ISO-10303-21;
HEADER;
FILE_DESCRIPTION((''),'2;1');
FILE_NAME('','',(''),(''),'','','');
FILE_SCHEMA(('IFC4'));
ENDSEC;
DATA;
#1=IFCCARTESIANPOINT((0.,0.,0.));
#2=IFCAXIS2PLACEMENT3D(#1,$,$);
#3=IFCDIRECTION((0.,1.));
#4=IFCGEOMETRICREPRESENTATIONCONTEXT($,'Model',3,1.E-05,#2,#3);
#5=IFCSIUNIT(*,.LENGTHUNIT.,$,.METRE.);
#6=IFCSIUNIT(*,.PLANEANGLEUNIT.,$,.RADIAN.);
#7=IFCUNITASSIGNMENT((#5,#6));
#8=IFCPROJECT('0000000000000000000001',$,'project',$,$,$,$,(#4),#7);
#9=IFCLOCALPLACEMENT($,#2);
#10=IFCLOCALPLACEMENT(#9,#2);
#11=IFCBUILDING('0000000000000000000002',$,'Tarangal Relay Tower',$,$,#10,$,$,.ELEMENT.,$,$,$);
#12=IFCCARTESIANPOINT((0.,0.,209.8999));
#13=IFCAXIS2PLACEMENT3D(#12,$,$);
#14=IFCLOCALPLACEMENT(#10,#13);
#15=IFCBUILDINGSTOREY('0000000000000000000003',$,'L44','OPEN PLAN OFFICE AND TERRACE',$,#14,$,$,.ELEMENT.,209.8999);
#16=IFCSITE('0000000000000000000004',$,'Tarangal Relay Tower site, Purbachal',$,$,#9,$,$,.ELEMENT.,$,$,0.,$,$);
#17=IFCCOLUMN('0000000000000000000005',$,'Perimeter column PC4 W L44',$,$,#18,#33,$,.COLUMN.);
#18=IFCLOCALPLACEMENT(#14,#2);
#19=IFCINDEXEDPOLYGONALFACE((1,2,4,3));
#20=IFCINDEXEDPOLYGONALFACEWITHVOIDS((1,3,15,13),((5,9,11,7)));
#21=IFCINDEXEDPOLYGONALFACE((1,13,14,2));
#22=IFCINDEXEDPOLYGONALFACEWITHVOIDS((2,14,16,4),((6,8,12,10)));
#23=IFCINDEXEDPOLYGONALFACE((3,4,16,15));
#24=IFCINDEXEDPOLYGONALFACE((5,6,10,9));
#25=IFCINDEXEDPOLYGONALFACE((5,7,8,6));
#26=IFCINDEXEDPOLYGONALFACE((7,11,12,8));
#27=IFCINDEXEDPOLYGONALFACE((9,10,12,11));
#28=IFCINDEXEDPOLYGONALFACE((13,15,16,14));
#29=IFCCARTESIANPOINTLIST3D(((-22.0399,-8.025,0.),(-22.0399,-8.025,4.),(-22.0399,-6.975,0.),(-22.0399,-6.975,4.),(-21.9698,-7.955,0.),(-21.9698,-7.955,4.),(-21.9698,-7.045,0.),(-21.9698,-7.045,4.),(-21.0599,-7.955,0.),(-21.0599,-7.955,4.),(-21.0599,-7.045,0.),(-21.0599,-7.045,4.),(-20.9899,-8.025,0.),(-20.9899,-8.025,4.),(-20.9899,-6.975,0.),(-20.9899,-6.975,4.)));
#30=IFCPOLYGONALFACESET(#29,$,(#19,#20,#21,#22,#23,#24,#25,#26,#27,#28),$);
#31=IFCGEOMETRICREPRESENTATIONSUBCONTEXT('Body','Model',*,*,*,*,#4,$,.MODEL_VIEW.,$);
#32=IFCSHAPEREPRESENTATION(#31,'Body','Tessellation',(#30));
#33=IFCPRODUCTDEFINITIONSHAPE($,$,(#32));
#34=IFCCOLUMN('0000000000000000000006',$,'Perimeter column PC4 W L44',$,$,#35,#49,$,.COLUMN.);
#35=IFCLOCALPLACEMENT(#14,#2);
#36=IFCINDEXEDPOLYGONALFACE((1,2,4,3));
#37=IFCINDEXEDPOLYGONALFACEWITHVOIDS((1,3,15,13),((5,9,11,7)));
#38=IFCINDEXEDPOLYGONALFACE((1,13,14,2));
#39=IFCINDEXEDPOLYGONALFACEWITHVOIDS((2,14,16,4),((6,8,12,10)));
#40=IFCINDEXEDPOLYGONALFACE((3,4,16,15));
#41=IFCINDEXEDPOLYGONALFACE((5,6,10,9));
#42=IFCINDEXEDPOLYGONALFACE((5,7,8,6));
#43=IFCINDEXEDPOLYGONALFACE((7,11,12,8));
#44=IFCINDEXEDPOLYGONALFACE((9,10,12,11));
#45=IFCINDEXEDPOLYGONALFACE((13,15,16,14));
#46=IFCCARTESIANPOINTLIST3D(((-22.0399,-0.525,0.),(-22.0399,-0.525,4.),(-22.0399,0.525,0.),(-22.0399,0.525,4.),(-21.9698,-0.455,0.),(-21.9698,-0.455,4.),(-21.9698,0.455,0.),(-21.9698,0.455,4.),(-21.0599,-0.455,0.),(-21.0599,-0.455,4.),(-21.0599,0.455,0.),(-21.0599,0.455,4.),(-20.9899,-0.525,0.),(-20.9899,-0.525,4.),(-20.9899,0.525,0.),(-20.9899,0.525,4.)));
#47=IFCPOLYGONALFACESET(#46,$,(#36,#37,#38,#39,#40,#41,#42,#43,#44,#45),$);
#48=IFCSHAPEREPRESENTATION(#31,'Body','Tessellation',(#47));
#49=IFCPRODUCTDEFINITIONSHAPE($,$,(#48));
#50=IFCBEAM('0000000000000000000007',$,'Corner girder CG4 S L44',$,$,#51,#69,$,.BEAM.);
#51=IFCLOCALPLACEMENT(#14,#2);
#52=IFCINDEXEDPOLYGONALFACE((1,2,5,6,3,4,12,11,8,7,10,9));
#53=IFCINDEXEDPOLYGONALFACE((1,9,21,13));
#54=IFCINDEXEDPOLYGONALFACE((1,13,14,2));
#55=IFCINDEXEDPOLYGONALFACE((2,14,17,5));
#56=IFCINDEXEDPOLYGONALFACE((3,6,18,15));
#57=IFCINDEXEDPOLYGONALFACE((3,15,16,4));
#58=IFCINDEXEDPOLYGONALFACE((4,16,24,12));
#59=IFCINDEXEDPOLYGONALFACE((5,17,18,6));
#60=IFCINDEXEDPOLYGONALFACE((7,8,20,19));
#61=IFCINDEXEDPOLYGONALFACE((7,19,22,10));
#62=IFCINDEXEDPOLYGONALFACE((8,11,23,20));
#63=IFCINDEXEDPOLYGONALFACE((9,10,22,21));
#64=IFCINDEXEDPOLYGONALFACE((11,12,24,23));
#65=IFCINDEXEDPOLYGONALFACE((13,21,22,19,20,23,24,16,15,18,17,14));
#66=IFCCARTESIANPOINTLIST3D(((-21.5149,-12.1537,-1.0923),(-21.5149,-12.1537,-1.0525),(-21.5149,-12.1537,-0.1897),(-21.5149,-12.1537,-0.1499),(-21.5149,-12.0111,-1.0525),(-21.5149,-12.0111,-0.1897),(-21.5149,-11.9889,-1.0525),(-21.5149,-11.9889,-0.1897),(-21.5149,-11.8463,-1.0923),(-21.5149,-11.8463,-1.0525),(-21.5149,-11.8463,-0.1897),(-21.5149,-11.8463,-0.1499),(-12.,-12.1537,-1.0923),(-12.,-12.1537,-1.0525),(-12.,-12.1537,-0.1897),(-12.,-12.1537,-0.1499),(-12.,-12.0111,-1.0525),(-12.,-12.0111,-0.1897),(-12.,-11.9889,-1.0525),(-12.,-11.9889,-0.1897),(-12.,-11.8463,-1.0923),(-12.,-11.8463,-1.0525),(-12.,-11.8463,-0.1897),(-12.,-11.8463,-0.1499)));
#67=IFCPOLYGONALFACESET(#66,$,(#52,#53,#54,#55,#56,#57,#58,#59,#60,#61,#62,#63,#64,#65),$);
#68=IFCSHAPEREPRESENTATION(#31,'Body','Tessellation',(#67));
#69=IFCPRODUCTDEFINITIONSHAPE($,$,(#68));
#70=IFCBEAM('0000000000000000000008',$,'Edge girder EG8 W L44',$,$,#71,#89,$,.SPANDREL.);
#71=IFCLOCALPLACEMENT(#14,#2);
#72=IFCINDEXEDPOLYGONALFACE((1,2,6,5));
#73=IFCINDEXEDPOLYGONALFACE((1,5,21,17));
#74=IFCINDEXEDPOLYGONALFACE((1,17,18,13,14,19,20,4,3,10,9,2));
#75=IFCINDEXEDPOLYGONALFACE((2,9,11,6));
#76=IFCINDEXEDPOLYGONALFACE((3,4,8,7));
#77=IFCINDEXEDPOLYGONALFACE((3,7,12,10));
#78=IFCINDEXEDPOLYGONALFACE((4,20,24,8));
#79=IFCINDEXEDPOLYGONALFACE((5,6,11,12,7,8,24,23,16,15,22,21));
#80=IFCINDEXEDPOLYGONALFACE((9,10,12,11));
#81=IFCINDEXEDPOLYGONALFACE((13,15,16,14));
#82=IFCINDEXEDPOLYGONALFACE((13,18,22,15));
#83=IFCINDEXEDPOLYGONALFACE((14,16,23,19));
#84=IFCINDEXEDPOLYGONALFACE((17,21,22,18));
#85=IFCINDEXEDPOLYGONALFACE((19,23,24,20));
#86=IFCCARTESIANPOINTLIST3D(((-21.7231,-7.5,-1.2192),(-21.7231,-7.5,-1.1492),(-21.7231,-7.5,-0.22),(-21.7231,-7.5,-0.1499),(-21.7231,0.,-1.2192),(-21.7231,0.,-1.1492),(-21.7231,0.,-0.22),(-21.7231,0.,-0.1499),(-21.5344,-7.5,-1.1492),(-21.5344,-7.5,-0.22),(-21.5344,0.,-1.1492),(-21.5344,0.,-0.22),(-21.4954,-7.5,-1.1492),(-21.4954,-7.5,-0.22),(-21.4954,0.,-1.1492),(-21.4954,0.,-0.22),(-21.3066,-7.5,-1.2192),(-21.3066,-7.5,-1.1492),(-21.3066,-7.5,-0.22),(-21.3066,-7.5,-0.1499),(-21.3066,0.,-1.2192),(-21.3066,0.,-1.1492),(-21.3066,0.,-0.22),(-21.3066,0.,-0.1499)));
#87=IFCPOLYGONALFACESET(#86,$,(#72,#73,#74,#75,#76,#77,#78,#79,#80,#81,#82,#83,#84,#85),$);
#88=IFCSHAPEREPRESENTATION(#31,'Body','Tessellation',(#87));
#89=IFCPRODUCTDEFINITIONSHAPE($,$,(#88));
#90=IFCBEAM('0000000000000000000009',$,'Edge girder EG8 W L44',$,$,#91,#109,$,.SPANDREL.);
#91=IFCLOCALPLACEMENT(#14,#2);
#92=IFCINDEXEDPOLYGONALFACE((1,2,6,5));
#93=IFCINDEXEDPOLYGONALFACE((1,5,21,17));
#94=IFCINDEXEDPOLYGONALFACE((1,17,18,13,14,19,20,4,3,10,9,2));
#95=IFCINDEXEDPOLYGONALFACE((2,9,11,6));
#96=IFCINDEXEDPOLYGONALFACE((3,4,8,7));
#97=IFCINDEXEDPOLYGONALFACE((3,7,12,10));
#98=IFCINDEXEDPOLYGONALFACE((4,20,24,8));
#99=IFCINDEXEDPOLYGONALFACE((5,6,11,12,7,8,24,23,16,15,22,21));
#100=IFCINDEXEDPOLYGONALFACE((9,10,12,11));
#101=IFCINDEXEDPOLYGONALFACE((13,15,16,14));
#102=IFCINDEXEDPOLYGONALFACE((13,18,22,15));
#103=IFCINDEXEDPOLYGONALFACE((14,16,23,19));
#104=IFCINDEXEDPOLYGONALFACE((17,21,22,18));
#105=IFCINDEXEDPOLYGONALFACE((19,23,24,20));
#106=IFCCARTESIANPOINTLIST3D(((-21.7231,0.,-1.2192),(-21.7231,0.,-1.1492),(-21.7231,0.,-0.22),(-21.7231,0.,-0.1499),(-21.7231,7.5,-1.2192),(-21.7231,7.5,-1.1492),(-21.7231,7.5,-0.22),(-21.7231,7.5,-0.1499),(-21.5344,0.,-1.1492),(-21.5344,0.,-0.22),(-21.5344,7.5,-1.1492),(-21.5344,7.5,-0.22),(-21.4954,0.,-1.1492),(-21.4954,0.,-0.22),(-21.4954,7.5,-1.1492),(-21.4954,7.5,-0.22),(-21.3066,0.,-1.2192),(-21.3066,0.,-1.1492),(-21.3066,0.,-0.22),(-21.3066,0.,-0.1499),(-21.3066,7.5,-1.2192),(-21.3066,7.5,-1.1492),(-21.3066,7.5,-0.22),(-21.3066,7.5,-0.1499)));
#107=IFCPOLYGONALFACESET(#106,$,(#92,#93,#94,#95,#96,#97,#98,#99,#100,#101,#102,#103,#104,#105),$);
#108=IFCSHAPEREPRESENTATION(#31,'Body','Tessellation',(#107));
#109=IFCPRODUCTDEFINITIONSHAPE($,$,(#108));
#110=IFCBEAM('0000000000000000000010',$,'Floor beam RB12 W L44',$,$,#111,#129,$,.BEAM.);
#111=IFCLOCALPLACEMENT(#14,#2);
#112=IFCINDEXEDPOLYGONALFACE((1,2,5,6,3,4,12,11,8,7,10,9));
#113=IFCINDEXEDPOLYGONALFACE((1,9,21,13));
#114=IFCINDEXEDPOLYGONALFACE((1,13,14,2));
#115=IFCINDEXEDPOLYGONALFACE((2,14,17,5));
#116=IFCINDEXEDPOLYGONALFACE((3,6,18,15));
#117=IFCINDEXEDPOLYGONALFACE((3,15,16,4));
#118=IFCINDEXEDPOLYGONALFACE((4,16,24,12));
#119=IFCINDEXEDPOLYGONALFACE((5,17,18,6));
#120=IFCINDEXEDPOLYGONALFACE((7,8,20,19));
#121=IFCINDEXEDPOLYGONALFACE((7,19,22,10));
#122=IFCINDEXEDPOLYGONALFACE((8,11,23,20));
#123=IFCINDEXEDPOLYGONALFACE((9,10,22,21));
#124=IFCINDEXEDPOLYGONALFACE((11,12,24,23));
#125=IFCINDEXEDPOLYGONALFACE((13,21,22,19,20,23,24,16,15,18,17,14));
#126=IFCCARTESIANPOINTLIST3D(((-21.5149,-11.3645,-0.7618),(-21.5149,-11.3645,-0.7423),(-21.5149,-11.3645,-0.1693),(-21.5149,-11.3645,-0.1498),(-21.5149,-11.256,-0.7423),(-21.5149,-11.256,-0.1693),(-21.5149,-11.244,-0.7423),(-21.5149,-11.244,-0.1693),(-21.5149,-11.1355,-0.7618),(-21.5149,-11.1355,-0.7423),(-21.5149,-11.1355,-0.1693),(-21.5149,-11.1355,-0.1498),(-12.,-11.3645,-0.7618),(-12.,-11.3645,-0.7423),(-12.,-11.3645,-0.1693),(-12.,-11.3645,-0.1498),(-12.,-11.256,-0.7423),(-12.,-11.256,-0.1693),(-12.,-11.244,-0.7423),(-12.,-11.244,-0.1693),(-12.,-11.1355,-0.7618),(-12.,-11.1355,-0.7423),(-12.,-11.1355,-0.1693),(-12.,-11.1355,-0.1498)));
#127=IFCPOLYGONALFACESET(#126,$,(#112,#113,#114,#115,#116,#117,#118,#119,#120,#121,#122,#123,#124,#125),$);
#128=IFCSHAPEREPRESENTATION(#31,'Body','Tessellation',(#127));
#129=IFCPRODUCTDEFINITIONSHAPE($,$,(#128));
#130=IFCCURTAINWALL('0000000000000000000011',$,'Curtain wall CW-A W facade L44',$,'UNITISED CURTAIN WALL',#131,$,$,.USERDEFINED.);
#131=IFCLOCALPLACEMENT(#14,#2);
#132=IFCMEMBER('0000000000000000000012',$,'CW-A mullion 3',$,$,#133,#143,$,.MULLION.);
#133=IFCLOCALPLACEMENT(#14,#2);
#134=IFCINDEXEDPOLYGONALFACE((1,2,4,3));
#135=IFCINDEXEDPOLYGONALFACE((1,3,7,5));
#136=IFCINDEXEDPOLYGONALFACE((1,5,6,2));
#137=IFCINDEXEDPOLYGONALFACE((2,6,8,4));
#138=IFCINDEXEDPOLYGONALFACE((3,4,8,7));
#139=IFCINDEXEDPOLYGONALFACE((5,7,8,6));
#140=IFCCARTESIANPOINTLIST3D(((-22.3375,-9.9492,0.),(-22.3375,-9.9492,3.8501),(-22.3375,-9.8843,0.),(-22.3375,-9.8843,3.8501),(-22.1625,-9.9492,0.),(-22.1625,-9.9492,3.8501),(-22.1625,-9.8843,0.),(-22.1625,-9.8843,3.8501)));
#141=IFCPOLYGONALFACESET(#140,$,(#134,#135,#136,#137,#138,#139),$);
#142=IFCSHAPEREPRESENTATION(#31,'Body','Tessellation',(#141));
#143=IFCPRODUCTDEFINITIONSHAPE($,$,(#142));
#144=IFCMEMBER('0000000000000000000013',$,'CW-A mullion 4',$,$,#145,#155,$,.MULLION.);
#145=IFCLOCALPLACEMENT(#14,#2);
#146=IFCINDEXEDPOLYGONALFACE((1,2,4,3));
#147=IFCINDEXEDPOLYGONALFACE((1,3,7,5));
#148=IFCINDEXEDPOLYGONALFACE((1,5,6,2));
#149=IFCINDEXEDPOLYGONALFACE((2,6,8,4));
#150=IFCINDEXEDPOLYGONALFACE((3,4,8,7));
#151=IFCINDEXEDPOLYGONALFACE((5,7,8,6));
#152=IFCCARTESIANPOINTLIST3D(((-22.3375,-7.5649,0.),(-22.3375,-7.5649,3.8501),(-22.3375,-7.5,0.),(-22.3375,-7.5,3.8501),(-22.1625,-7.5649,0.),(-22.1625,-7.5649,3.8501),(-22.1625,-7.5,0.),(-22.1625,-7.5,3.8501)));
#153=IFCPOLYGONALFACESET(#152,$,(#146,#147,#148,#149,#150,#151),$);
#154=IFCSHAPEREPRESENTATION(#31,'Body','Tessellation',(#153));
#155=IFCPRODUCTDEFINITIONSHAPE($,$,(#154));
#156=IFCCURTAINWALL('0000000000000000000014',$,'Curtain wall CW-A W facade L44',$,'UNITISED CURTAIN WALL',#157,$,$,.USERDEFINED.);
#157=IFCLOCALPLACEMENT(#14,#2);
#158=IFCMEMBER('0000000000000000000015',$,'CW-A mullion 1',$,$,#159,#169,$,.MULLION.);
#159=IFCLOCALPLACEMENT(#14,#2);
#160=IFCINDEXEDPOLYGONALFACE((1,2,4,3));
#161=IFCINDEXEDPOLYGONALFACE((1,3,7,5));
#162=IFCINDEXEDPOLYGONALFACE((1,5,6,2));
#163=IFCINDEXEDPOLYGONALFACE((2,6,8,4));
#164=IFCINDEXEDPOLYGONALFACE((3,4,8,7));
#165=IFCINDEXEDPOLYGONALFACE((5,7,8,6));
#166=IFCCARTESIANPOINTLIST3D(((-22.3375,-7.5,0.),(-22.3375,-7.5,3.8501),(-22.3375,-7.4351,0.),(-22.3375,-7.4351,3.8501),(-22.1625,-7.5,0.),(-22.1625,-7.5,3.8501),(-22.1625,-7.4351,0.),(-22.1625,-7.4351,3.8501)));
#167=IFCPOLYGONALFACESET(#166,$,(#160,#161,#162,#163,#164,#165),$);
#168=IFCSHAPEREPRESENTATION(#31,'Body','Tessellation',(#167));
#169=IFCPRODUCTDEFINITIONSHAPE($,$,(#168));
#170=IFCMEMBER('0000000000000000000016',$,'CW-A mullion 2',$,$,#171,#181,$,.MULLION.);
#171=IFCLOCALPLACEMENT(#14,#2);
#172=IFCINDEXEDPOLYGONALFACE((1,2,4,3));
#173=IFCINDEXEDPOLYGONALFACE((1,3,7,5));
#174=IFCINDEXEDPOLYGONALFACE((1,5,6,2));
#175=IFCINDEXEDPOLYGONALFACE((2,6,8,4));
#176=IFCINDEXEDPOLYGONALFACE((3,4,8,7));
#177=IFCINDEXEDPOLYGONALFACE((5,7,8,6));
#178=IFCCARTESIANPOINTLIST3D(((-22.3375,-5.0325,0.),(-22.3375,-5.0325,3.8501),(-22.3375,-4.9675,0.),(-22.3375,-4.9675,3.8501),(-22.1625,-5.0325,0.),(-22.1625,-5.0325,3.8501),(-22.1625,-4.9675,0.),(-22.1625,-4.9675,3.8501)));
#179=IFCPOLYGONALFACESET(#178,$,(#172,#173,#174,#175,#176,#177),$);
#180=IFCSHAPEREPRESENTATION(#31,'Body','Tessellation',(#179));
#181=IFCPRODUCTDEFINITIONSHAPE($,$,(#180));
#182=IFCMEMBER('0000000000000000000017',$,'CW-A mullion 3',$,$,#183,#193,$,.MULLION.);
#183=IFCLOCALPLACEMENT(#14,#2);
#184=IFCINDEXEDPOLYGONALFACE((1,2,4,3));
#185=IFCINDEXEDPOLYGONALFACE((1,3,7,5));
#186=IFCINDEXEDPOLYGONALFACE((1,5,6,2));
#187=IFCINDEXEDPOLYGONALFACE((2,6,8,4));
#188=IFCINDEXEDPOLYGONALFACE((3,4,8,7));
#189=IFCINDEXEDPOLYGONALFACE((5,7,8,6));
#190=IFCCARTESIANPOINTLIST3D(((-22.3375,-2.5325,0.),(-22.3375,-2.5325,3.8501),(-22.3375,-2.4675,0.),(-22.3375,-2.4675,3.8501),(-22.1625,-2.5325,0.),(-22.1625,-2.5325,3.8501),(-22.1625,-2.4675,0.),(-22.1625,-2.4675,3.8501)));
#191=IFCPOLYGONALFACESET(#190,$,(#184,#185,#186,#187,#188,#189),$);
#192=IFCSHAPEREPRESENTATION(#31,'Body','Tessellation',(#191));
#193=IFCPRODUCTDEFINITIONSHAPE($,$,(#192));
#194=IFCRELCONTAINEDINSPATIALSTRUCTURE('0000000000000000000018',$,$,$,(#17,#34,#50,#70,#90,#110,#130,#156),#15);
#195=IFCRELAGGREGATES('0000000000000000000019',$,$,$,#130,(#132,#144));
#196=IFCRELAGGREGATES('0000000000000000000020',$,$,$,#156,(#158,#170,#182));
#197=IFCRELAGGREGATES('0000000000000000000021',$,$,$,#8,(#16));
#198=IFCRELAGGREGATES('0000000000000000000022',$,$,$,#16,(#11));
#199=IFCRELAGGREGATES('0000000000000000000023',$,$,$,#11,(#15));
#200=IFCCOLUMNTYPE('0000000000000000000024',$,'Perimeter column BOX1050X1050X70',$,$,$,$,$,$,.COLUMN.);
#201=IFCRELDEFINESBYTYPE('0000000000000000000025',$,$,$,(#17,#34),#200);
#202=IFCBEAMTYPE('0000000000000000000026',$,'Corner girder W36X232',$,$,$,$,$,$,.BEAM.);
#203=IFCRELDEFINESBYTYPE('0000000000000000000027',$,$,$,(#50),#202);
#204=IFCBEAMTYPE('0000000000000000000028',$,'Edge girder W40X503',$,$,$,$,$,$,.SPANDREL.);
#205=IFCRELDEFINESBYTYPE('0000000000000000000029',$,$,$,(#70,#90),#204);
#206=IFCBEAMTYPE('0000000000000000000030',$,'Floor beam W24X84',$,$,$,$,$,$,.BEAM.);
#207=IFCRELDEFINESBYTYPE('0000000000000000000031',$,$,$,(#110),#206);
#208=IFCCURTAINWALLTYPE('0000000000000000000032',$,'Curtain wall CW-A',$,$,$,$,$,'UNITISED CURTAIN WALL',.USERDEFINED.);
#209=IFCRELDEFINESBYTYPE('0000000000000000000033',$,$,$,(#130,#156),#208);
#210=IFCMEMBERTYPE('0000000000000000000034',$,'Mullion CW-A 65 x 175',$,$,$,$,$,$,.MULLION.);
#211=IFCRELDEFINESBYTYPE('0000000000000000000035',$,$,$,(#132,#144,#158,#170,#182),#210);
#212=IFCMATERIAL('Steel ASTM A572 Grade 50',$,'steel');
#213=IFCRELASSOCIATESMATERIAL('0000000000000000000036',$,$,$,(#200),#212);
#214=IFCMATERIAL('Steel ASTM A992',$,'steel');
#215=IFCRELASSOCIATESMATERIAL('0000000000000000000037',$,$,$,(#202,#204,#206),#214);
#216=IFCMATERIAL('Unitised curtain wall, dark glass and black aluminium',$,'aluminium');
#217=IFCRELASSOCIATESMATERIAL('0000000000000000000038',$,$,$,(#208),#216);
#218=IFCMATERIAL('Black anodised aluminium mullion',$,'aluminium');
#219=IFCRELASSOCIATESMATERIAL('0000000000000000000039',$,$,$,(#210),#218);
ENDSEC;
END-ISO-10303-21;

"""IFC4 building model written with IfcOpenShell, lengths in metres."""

from ifc_helpers import new_model, si_unit, direction, frame, origin, origin_2d, place, context, subcontext, project, spatial, rectangle, hollow_rectangle, i_section, extrude, material, material_profile, profile_set, type_object, element, aggregate, save


model = new_model("IFC4")

# Units and contexts
model_context = context("Model", 3, precision=1e-05, world=origin(), true_north=direction((0.0, 1.0)))
body_context = subcontext(model_context, "Body", "Model", "MODEL_VIEW")
ifc_project = project(units=[si_unit("LENGTHUNIT", "METRE"), si_unit("PLANEANGLEUNIT", "RADIAN")], contexts=[model_context])

# Site, building, storey
site_placement = place(None, origin())
site = spatial("IfcSite", under=ifc_project, at=site_placement, Name="Tarangal Relay Tower site, Purbachal", CompositionType="ELEMENT", RefElevation=0.0)
building_placement = place(site_placement, origin())
building = spatial("IfcBuilding", under=site, at=building_placement, Name="Tarangal Relay Tower", CompositionType="ELEMENT")
storey_placement = place(building_placement, frame((0.0, 0.0, 209.8999)))
storey = spatial("IfcBuildingStorey", under=building, at=storey_placement, Name="L44", Description="OPEN PLAN OFFICE AND TERRACE", CompositionType="ELEMENT", Elevation=209.8999)

# Columns
ifc_material_1 = material(Name="Steel ASTM A572 Grade 50", Category="steel")
ifc_material_profile_1 = material_profile(ifc_material_1, hollow_rectangle(XDim=1.05, YDim=1.05, WallThickness=0.0701, at=origin_2d()), Name="BOX1050X1050X70")
ifc_profile_set_1 = profile_set([ifc_material_profile_1], Name="Steel ASTM A572 Grade 50")
column_type = type_object("IfcColumnType", Name="Perimeter column BOX1050X1050X70", PredefinedType="COLUMN", material=ifc_profile_set_1)
for number, where, z_axis, x_axis, name in (
    (1, (-21.5149, -7.5, 0.0), (0.0, 0.0, 1.0), (1.0, 0.0, 0.0), "Perimeter column PC4 W L44"),
    (2, (-21.5149, 0.0, 0.0), (0.0, 0.0, 1.0), (1.0, 0.0, 0.0), "Perimeter column PC4 W L44"),
):
    element("IfcColumn", number, at=place(storey_placement, frame(where, z_axis=z_axis, x_axis=x_axis)), inside=storey, type_object=column_type, Name=name, PredefinedType="COLUMN", context=body_context, shape_type="SweptSolid", body=[
        extrude(hollow_rectangle(XDim=1.05, YDim=1.05, WallThickness=0.0701, at=origin_2d()), origin(), (0.0, 0.0, 1.0), 4.0),
    ])

# Beams
ifc_material_2 = material(Name="Steel ASTM A992", Category="steel")
ifc_material_profile_2 = material_profile(ifc_material_2, i_section(OverallWidth=0.3074, OverallDepth=0.9424, WebThickness=0.0222, FlangeThickness=0.0398, at=origin_2d()), Name="W36X232")
ifc_profile_set_2 = profile_set([ifc_material_profile_2], Name="Steel ASTM A992")
beam_type_1 = type_object("IfcBeamType", Name="Corner girder W36X232", PredefinedType="BEAM", material=ifc_profile_set_2)
beam_1_placement = place(storey_placement, frame((-12.0, -12.0, -0.6211), z_axis=(-1.0, 0.0, 0.0), x_axis=(0.0, -1.0, 0.0)))
element("IfcBeam", 3, at=beam_1_placement, inside=storey, type_object=beam_type_1, Name="Corner girder CG4 S L44", PredefinedType="BEAM", context=body_context, shape_type="SweptSolid", body=[
    extrude(i_section(OverallWidth=0.3074, OverallDepth=0.9424, WebThickness=0.0222, FlangeThickness=0.0398, at=origin_2d()), origin(), (0.0, 0.0, 1.0), 9.5149),
])
ifc_material_profile_3 = material_profile(ifc_material_2, i_section(OverallWidth=0.4165, OverallDepth=1.0693, WebThickness=0.0391, FlangeThickness=0.0701, at=origin_2d()), Name="W40X503")
ifc_profile_set_3 = profile_set([ifc_material_profile_3], Name="Steel ASTM A992")
beam_type_2 = type_object("IfcBeamType", Name="Edge girder W40X503", PredefinedType="SPANDREL", material=ifc_profile_set_3)
for number, where, z_axis, x_axis, name in (
    (4, (-21.5149, -7.5, -0.6846), (0.0, 1.0, 0.0), (-1.0, 0.0, 0.0), "Edge girder EG8 W L44"),
    (5, (-21.5149, 0.0, -0.6846), (0.0, 1.0, 0.0), (-1.0, 0.0, 0.0), "Edge girder EG8 W L44"),
):
    element("IfcBeam", number, at=place(storey_placement, frame(where, z_axis=z_axis, x_axis=x_axis)), inside=storey, type_object=beam_type_2, Name=name, PredefinedType="SPANDREL", context=body_context, shape_type="SweptSolid", body=[
        extrude(i_section(OverallWidth=0.4165, OverallDepth=1.0693, WebThickness=0.0391, FlangeThickness=0.0701, at=origin_2d()), origin(), (0.0, 0.0, 1.0), 7.5),
    ])
ifc_material_profile_4 = material_profile(ifc_material_2, i_section(OverallWidth=0.229, OverallDepth=0.6121, WebThickness=0.012, FlangeThickness=0.0195, at=origin_2d()), Name="W24X84")
ifc_profile_set_4 = profile_set([ifc_material_profile_4], Name="Steel ASTM A992")
beam_type_3 = type_object("IfcBeamType", Name="Floor beam W24X84", PredefinedType="BEAM", material=ifc_profile_set_4)
beam_2_placement = place(storey_placement, frame((-12.0, -11.25, -0.4558), z_axis=(-1.0, 0.0, 0.0), x_axis=(0.0, -1.0, 0.0)))
element("IfcBeam", 6, at=beam_2_placement, inside=storey, type_object=beam_type_3, Name="Floor beam RB12 W L44", PredefinedType="BEAM", context=body_context, shape_type="SweptSolid", body=[
    extrude(i_section(OverallWidth=0.229, OverallDepth=0.6121, WebThickness=0.012, FlangeThickness=0.0195, at=origin_2d()), origin(), (0.0, 0.0, 1.0), 9.5149),
])

# Curtain walls, members
ifc_material_3 = material(Name="Unitised curtain wall, dark glass and black aluminium", Category="aluminium")
curtain_wall_type = type_object("IfcCurtainWallType", Name="Curtain wall CW-A", ElementType="UNITISED CURTAIN WALL", PredefinedType="USERDEFINED", material=ifc_material_3)
curtain_wall_1_placement = place(storey_placement, origin())
curtain_wall_1 = element("IfcCurtainWall", 7, at=curtain_wall_1_placement, inside=storey, type_object=curtain_wall_type, Name="Curtain wall CW-A W facade L44", ObjectType="UNITISED CURTAIN WALL", PredefinedType="USERDEFINED")
ifc_material_4 = material(Name="Black anodised aluminium mullion", Category="aluminium")
ifc_material_profile_5 = material_profile(ifc_material_4, rectangle(XDim=0.175, YDim=0.0649, at=origin_2d()), Name="CW-AM 65X175")
ifc_profile_set_5 = profile_set([ifc_material_profile_5], Name="Black anodised aluminium mullion")
member_type_1 = type_object("IfcMemberType", Name="Mullion CW-A 65 x 175", PredefinedType="MULLION", material=ifc_profile_set_5)
member_1_placement = place(storey_placement, frame((-22.25, -9.9167, 0.0), z_axis=(0.0, 0.0, 1.0), x_axis=(-1.0, 0.0, 0.0)))
member_1 = element("IfcMember", 8, at=member_1_placement, type_object=member_type_1, Name="CW-A mullion 3", PredefinedType="MULLION", context=body_context, shape_type="SweptSolid", body=[
    extrude(rectangle(XDim=0.175, YDim=0.0649, at=origin_2d()), origin(), (0.0, 0.0, 1.0), 3.8501),
])
member_2_placement = place(storey_placement, frame((-22.25, -7.5325, 0.0), z_axis=(0.0, 0.0, 1.0), x_axis=(-1.0, 0.0, 0.0)))
member_2 = element("IfcMember", 9, at=member_2_placement, type_object=member_type_1, Name="CW-A mullion 4", PredefinedType="MULLION", context=body_context, shape_type="SweptSolid", body=[
    extrude(rectangle(XDim=0.175, YDim=0.0649, at=origin_2d()), origin(), (0.0, 0.0, 1.0), 3.8501),
])
curtain_wall_2_placement = place(storey_placement, origin())
curtain_wall_2 = element("IfcCurtainWall", 10, at=curtain_wall_2_placement, inside=storey, type_object=curtain_wall_type, Name="Curtain wall CW-A W facade L44", ObjectType="UNITISED CURTAIN WALL", PredefinedType="USERDEFINED")
member_3_placement = place(storey_placement, frame((-22.25, -7.4675, 0.0), z_axis=(0.0, 0.0, 1.0), x_axis=(-1.0, 0.0, 0.0)))
member_3 = element("IfcMember", 11, at=member_3_placement, type_object=member_type_1, Name="CW-A mullion 1", PredefinedType="MULLION", context=body_context, shape_type="SweptSolid", body=[
    extrude(rectangle(XDim=0.175, YDim=0.0649, at=origin_2d()), origin(), (0.0, 0.0, 1.0), 3.8501),
])
member_4_placement = place(storey_placement, frame((-22.25, -5.0, 0.0), z_axis=(0.0, 0.0, 1.0), x_axis=(-1.0, 0.0, 0.0)))
member_4 = element("IfcMember", 12, at=member_4_placement, type_object=member_type_1, Name="CW-A mullion 2", PredefinedType="MULLION", context=body_context, shape_type="SweptSolid", body=[
    extrude(rectangle(XDim=0.175, YDim=0.0649, at=origin_2d()), origin(), (0.0, 0.0, 1.0), 3.8501),
])
member_5_placement = place(storey_placement, frame((-22.25, -2.5, 0.0), z_axis=(0.0, 0.0, 1.0), x_axis=(-1.0, 0.0, 0.0)))
member_5 = element("IfcMember", 13, at=member_5_placement, type_object=member_type_1, Name="CW-A mullion 3", PredefinedType="MULLION", context=body_context, shape_type="SweptSolid", body=[
    extrude(rectangle(XDim=0.175, YDim=0.0649, at=origin_2d()), origin(), (0.0, 0.0, 1.0), 3.8501),
])

aggregate(curtain_wall_1, [member_1, member_2])
aggregate(curtain_wall_2, [member_3, member_4, member_5])

save(model, "model.ifc")
